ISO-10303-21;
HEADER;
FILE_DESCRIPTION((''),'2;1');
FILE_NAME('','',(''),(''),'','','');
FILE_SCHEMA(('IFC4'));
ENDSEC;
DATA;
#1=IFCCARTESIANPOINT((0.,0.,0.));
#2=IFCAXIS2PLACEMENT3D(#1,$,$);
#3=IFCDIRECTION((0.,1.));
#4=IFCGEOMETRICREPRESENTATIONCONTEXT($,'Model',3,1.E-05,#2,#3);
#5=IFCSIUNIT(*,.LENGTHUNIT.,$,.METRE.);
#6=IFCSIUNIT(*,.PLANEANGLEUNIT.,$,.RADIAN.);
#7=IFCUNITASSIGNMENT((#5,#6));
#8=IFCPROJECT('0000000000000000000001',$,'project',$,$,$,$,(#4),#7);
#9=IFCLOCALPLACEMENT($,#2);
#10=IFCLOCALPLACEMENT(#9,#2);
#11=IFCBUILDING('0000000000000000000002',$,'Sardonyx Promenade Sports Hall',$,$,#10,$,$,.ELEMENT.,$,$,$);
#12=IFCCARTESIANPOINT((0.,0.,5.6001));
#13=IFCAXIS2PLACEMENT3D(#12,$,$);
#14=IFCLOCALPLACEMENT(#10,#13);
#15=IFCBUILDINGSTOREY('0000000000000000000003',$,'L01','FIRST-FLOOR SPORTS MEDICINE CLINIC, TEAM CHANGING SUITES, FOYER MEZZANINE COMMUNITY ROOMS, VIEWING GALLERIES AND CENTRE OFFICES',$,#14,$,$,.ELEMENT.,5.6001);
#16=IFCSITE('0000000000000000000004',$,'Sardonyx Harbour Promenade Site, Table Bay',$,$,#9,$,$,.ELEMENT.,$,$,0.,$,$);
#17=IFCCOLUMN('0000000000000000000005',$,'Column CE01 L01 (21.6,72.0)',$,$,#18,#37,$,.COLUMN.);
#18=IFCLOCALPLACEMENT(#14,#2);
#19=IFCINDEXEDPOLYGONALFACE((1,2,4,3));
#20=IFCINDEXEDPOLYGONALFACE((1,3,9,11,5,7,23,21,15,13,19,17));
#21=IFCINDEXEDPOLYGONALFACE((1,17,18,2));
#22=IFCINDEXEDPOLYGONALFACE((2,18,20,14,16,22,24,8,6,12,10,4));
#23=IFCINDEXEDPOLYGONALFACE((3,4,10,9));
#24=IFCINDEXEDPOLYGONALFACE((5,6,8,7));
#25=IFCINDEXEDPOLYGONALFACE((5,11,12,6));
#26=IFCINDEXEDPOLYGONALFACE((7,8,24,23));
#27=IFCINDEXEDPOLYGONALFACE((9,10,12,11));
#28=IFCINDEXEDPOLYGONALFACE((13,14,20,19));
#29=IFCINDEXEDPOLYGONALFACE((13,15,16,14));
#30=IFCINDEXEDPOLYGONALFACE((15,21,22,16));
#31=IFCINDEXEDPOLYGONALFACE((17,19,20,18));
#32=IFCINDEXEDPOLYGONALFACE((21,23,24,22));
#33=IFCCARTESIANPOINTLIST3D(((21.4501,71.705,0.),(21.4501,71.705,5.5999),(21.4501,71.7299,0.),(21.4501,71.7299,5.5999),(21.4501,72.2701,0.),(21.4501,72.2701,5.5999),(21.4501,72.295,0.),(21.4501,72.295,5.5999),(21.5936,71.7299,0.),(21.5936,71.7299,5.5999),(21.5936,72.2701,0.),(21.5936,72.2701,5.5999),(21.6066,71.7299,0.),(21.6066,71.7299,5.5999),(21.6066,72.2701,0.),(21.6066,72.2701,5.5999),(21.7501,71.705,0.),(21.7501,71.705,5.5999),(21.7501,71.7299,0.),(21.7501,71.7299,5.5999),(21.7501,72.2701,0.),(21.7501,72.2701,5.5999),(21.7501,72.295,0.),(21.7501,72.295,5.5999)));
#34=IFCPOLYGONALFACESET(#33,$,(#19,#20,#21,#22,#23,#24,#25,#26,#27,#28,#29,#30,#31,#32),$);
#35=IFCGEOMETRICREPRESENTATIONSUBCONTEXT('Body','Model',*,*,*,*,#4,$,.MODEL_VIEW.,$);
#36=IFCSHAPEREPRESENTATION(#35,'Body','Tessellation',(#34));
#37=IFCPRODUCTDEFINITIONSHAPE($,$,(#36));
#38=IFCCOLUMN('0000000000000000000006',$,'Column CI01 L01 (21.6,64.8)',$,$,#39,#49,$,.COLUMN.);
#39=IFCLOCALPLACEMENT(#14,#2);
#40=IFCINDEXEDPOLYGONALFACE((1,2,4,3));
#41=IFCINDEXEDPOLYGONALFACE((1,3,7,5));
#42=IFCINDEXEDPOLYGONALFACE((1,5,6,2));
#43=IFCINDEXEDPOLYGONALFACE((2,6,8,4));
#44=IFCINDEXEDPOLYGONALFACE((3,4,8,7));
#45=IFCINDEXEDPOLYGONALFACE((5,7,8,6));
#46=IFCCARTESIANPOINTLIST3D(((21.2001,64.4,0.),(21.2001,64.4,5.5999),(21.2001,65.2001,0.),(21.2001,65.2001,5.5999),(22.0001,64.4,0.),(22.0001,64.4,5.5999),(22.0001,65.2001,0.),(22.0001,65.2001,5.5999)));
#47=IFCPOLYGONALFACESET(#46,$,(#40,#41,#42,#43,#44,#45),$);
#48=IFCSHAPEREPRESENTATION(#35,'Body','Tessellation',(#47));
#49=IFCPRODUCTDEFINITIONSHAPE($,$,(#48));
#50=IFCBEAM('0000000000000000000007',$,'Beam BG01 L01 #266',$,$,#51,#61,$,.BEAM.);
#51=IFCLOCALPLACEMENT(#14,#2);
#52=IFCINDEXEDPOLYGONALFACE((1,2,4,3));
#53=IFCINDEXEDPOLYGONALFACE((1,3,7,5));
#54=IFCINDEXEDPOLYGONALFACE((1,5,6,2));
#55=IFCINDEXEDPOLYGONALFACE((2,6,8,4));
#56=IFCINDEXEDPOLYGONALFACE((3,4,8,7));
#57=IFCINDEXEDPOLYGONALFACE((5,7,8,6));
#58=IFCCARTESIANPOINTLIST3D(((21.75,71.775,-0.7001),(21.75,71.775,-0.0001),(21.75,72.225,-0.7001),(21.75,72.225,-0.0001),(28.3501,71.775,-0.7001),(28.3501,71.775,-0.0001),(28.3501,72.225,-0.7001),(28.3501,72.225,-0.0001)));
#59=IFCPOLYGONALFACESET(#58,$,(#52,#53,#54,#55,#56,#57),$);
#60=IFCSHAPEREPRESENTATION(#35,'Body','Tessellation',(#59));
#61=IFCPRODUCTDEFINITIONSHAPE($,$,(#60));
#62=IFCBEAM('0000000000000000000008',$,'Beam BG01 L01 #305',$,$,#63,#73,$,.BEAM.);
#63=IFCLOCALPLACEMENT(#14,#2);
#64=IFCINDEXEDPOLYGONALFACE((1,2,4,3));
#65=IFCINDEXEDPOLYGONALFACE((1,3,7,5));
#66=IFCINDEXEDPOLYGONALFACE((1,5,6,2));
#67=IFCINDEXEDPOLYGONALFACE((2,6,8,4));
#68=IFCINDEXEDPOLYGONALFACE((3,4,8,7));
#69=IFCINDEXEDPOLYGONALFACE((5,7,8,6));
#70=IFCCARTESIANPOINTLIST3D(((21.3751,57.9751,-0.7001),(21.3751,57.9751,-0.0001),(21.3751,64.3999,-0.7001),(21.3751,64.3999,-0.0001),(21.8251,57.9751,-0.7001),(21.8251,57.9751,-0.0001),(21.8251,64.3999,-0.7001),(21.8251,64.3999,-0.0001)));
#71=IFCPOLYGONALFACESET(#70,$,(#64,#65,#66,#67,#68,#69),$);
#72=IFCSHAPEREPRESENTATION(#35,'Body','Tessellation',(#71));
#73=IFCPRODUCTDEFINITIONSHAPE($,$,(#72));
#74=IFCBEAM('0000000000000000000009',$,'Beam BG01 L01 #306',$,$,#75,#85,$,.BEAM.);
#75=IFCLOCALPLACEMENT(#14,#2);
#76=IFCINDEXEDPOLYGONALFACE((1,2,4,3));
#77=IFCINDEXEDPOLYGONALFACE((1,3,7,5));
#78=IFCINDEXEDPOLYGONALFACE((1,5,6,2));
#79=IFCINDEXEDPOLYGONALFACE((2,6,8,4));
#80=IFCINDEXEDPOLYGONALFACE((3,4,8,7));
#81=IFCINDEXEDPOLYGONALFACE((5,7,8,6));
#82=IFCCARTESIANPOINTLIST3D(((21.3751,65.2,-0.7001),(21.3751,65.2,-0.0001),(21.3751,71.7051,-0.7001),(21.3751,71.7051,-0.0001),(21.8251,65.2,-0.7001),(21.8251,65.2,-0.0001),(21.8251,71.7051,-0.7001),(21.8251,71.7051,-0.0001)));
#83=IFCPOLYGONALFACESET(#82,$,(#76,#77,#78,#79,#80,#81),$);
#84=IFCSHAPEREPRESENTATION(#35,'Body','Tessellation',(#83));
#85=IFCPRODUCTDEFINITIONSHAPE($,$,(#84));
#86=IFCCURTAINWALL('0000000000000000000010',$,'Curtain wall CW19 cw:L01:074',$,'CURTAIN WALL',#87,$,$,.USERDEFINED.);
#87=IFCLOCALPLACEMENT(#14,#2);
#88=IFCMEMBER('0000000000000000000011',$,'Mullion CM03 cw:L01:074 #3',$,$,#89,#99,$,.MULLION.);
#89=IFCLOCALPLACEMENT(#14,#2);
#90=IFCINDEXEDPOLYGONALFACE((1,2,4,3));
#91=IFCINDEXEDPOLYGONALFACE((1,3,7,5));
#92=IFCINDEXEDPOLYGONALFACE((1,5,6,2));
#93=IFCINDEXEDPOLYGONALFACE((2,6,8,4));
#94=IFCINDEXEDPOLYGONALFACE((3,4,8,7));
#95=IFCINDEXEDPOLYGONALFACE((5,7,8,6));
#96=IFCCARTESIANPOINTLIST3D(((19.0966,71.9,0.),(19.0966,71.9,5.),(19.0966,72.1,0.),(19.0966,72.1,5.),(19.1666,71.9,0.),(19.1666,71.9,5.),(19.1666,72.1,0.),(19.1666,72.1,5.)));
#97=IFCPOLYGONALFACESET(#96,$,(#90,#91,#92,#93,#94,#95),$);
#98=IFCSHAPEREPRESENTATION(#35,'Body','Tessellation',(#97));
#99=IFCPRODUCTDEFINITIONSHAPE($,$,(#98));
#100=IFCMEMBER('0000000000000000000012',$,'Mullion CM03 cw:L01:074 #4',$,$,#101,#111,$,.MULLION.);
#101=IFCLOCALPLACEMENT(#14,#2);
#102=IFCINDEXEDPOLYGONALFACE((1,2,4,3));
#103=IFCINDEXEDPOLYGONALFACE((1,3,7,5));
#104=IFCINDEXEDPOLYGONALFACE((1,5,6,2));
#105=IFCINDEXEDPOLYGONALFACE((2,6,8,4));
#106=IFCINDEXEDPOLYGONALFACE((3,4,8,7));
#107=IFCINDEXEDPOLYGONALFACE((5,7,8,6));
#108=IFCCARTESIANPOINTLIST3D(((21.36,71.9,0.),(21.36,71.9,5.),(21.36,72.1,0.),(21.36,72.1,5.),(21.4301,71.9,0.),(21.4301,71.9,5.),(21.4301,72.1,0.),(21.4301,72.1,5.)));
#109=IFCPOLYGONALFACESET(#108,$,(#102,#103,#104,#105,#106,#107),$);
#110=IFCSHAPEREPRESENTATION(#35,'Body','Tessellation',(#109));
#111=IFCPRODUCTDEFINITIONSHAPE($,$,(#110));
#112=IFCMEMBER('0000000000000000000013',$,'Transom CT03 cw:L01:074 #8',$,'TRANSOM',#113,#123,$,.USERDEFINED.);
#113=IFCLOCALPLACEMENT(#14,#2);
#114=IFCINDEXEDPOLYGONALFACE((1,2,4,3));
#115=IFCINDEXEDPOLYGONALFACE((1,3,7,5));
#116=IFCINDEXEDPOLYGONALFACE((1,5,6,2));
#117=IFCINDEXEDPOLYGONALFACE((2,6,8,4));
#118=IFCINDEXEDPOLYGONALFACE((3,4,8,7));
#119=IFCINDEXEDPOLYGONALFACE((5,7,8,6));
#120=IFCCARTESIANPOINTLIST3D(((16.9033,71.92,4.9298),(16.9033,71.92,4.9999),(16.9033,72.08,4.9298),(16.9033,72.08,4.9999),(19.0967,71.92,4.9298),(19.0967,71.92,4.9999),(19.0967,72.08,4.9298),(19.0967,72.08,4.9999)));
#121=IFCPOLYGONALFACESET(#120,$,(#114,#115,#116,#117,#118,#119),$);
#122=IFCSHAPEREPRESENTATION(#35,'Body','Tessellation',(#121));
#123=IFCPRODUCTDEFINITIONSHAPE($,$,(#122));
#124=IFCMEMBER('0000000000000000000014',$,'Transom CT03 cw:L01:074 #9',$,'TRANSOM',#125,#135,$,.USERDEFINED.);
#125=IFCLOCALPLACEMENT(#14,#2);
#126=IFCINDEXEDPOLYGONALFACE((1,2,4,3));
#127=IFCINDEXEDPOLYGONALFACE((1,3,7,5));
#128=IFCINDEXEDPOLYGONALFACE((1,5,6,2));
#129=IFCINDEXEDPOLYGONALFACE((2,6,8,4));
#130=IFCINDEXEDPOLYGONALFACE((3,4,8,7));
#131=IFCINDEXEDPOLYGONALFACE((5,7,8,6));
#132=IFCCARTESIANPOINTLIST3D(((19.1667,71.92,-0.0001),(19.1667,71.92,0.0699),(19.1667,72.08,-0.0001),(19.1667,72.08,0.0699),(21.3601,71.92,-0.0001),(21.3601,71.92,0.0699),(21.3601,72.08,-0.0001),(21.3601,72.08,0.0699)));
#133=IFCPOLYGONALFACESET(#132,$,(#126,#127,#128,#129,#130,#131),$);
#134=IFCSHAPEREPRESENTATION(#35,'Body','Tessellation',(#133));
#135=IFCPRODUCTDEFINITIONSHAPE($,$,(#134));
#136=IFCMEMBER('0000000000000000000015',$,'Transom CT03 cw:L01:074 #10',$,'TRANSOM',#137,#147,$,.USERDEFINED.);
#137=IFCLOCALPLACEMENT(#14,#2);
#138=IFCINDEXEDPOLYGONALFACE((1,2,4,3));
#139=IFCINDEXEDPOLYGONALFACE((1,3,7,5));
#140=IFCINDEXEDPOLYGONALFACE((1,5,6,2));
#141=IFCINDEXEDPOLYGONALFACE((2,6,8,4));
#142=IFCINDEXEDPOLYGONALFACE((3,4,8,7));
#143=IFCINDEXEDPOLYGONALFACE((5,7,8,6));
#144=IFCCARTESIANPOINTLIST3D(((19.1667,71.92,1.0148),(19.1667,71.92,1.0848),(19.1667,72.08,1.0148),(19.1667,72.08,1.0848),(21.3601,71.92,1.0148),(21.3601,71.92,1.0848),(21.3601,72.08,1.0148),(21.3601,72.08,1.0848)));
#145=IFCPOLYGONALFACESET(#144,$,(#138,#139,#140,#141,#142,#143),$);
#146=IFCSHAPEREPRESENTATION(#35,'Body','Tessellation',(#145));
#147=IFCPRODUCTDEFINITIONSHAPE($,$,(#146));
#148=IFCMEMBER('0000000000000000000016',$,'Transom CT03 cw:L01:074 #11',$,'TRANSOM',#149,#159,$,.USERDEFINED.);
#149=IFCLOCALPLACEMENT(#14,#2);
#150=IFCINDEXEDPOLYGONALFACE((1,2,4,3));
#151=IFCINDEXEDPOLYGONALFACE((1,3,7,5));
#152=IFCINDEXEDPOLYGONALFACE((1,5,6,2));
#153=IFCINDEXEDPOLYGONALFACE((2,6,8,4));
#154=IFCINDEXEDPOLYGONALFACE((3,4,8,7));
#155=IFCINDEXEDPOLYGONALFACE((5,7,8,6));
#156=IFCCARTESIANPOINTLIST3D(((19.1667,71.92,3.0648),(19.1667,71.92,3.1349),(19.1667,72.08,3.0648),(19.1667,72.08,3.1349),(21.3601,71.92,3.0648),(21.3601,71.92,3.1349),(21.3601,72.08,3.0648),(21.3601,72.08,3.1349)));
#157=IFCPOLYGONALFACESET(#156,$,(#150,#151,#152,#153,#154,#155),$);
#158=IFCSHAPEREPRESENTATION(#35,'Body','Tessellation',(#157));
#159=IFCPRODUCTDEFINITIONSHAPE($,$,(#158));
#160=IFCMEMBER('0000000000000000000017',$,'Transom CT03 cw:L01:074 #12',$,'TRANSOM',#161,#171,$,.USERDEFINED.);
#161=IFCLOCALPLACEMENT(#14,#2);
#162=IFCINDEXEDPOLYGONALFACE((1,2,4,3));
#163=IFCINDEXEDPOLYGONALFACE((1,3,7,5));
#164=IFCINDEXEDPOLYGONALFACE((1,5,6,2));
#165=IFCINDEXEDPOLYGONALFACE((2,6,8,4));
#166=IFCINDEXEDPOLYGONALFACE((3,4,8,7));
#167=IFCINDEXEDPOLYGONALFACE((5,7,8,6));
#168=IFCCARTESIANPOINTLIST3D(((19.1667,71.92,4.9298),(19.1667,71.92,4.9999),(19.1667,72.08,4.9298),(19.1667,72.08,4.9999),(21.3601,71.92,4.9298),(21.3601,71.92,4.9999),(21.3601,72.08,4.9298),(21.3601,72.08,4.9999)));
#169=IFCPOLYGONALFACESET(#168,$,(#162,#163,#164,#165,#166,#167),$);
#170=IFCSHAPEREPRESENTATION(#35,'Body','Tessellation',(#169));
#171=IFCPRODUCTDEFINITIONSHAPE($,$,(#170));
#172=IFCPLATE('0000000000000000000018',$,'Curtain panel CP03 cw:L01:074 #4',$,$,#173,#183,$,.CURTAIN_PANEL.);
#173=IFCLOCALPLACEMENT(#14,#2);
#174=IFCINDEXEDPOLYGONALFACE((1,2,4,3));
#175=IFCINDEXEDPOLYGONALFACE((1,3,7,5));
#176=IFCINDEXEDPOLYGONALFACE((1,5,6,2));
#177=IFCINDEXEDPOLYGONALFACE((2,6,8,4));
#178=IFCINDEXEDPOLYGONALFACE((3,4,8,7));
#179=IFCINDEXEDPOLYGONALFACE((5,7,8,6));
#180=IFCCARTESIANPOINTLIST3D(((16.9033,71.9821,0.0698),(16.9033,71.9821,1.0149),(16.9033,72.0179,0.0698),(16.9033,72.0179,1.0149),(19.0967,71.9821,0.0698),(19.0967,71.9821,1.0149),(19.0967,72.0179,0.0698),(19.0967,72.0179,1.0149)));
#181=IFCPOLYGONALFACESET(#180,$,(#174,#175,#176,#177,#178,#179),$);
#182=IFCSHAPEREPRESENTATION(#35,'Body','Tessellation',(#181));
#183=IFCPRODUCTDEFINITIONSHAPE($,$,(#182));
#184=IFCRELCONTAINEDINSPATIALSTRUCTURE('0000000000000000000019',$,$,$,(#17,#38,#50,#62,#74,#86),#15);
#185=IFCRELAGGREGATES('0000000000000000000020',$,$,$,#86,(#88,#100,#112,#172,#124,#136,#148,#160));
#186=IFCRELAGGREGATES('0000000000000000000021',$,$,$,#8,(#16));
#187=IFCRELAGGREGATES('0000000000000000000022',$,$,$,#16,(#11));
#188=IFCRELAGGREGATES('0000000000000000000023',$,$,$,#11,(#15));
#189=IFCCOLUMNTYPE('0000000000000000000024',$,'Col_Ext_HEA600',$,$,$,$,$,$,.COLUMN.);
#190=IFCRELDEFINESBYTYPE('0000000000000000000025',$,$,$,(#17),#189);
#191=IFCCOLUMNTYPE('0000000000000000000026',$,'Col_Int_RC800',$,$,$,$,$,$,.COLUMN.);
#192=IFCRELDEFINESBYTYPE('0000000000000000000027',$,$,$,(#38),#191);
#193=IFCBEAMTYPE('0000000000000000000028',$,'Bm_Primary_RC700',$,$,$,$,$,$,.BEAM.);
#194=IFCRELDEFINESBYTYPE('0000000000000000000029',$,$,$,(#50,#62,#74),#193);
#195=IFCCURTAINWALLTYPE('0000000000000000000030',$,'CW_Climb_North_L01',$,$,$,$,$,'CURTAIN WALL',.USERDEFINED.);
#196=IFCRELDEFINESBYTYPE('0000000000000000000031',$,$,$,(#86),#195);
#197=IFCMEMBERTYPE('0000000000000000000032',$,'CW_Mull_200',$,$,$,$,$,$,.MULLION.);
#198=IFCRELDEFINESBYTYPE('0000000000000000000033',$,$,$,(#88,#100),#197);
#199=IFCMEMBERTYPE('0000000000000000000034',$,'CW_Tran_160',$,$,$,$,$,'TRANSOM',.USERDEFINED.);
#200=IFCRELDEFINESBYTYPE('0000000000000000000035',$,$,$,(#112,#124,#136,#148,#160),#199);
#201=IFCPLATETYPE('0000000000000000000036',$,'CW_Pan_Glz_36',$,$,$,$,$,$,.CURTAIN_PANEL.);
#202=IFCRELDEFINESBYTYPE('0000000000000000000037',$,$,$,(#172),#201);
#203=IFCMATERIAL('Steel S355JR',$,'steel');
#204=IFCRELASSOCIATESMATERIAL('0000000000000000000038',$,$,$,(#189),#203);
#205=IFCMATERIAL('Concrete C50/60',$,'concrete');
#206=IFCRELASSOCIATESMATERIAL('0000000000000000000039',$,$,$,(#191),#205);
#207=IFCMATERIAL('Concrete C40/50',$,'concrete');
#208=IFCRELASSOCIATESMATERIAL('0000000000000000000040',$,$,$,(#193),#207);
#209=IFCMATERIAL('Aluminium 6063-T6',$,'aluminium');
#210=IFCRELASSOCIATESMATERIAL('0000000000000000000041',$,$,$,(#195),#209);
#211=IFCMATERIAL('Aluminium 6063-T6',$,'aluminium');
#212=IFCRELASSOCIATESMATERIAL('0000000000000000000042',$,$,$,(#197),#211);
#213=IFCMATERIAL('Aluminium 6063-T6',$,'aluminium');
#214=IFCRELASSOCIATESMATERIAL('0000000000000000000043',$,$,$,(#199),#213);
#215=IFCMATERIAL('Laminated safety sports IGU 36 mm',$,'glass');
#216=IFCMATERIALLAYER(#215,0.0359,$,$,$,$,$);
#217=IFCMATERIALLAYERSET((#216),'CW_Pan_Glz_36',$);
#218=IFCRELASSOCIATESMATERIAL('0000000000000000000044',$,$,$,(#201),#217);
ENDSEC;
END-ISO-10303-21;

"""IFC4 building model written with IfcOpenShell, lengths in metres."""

from ifc_helpers import new_model, si_unit, direction, frame, origin, origin_2d, place, context, subcontext, project, spatial, rectangle, i_section, extrude, material, layer, layer_set, material_profile, profile_set, type_object, element, aggregate, save


model = new_model("IFC4")

# Units and contexts
model_context = context("Model", 3, precision=1e-05, world=origin(), true_north=direction((0.0, 1.0)))
body_context = subcontext(model_context, "Body", "Model", "MODEL_VIEW")
ifc_project = project(units=[si_unit("LENGTHUNIT", "METRE"), si_unit("PLANEANGLEUNIT", "RADIAN")], contexts=[model_context])

# Site, building, storey
site_placement = place(None, origin())
site = spatial("IfcSite", under=ifc_project, at=site_placement, Name="Sardonyx Harbour Promenade Site, Table Bay", CompositionType="ELEMENT", RefElevation=0.0)
building_placement = place(site_placement, origin())
building = spatial("IfcBuilding", under=site, at=building_placement, Name="Sardonyx Promenade Sports Hall", CompositionType="ELEMENT")
storey_placement = place(building_placement, frame((0.0, 0.0, 5.6001)))
storey = spatial("IfcBuildingStorey", under=building, at=storey_placement, Name="L01", Description="FIRST-FLOOR SPORTS MEDICINE CLINIC, TEAM CHANGING SUITES, FOYER MEZZANINE COMMUNITY ROOMS, VIEWING GALLERIES AND CENTRE OFFICES", CompositionType="ELEMENT", Elevation=5.6001)

# Columns
ifc_material_1 = material(Name="Steel S355JR", Category="steel")
ifc_material_profile_1 = material_profile(ifc_material_1, i_section(OverallWidth=0.3, OverallDepth=0.5901, WebThickness=0.0129, FlangeThickness=0.0249, at=origin_2d()))
ifc_profile_set_1 = profile_set([ifc_material_profile_1], Name="Steel S355JR")
column_type_1 = type_object("IfcColumnType", Name="Col_Ext_HEA600", PredefinedType="COLUMN", material=ifc_profile_set_1)
column_1_placement = place(storey_placement, frame((21.6001, 72.0, 0.0), z_axis=(0.0, 0.0, 1.0), x_axis=(1.0, 0.0, 0.0)))
element("IfcColumn", 1, at=column_1_placement, inside=storey, type_object=column_type_1, Name="Column CE01 L01 (21.6,72.0)", PredefinedType="COLUMN", context=body_context, shape_type="SweptSolid", body=[
    extrude(i_section(OverallWidth=0.3, OverallDepth=0.5901, WebThickness=0.0129, FlangeThickness=0.0249, at=origin_2d()), origin(), (0.0, 0.0, 1.0), 5.5999),
])
ifc_material_2 = material(Name="Concrete C50/60", Category="concrete")
ifc_material_profile_2 = material_profile(ifc_material_2, rectangle(XDim=0.8, YDim=0.8, at=origin_2d()))
ifc_profile_set_2 = profile_set([ifc_material_profile_2], Name="Concrete C50/60")
column_type_2 = type_object("IfcColumnType", Name="Col_Int_RC800", PredefinedType="COLUMN", material=ifc_profile_set_2)
column_2_placement = place(storey_placement, frame((21.6001, 64.8, 0.0), z_axis=(0.0, 0.0, 1.0), x_axis=(1.0, 0.0, 0.0)))
element("IfcColumn", 2, at=column_2_placement, inside=storey, type_object=column_type_2, Name="Column CI01 L01 (21.6,64.8)", PredefinedType="COLUMN", context=body_context, shape_type="SweptSolid", body=[
    extrude(rectangle(XDim=0.8, YDim=0.8, at=origin_2d()), origin(), (0.0, 0.0, 1.0), 5.5999),
])

# Beams
ifc_material_3 = material(Name="Concrete C40/50", Category="concrete")
ifc_material_profile_3 = material_profile(ifc_material_3, rectangle(XDim=0.45, YDim=0.7, at=origin_2d()))
ifc_profile_set_3 = profile_set([ifc_material_profile_3], Name="Concrete C40/50")
beam_type = type_object("IfcBeamType", Name="Bm_Primary_RC700", PredefinedType="BEAM", material=ifc_profile_set_3)
beam_1_placement = place(storey_placement, frame((21.75, 72.0, -0.3501), z_axis=(1.0, 0.0, 0.0), x_axis=(0.0, 1.0, 0.0)))
element("IfcBeam", 3, at=beam_1_placement, inside=storey, type_object=beam_type, Name="Beam BG01 L01 #266", PredefinedType="BEAM", context=body_context, shape_type="SweptSolid", body=[
    extrude(rectangle(XDim=0.45, YDim=0.7, at=origin_2d()), origin(), (0.0, 0.0, 1.0), 6.6001),
])
beam_2_placement = place(storey_placement, frame((21.6001, 57.9751, -0.3501), z_axis=(0.0, 1.0, 0.0), x_axis=(-1.0, 0.0, 0.0)))
element("IfcBeam", 4, at=beam_2_placement, inside=storey, type_object=beam_type, Name="Beam BG01 L01 #305", PredefinedType="BEAM", context=body_context, shape_type="SweptSolid", body=[
    extrude(rectangle(XDim=0.45, YDim=0.7, at=origin_2d()), origin(), (0.0, 0.0, 1.0), 6.4248),
])
beam_3_placement = place(storey_placement, frame((21.6001, 65.2, -0.3501), z_axis=(0.0, 1.0, 0.0), x_axis=(-1.0, 0.0, 0.0)))
element("IfcBeam", 5, at=beam_3_placement, inside=storey, type_object=beam_type, Name="Beam BG01 L01 #306", PredefinedType="BEAM", context=body_context, shape_type="SweptSolid", body=[
    extrude(rectangle(XDim=0.45, YDim=0.7, at=origin_2d()), origin(), (0.0, 0.0, 1.0), 6.5051),
])

# Curtain wall, members, plate
ifc_material_4 = material(Name="Aluminium 6063-T6", Category="aluminium")
curtain_wall_type = type_object("IfcCurtainWallType", Name="CW_Climb_North_L01", ElementType="CURTAIN WALL", PredefinedType="USERDEFINED", material=ifc_material_4)
curtain_wall_placement = place(storey_placement, origin())
curtain_wall = element("IfcCurtainWall", 6, at=curtain_wall_placement, inside=storey, type_object=curtain_wall_type, Name="Curtain wall CW19 cw:L01:074", ObjectType="CURTAIN WALL", PredefinedType="USERDEFINED")
ifc_material_5 = material(Name="Aluminium 6063-T6", Category="aluminium")
ifc_material_profile_4 = material_profile(ifc_material_5, rectangle(XDim=0.0701, YDim=0.2, at=origin_2d()))
ifc_profile_set_4 = profile_set([ifc_material_profile_4], Name="Aluminium 6063-T6")
member_type_1 = type_object("IfcMemberType", Name="CW_Mull_200", PredefinedType="MULLION", material=ifc_profile_set_4)
member_1_placement = place(storey_placement, frame((19.1316, 72.0, 0.0), z_axis=(0.0, 0.0, 1.0), x_axis=(1.0, 0.0, 0.0)))
member_1 = element("IfcMember", 7, at=member_1_placement, type_object=member_type_1, Name="Mullion CM03 cw:L01:074 #3", PredefinedType="MULLION", context=body_context, shape_type="SweptSolid", body=[
    extrude(rectangle(XDim=0.0701, YDim=0.2, at=origin_2d()), origin(), (0.0, 0.0, 1.0), 5.0),
])
member_2_placement = place(storey_placement, frame((21.395, 72.0, 0.0), z_axis=(0.0, 0.0, 1.0), x_axis=(1.0, 0.0, 0.0)))
member_2 = element("IfcMember", 8, at=member_2_placement, type_object=member_type_1, Name="Mullion CM03 cw:L01:074 #4", PredefinedType="MULLION", context=body_context, shape_type="SweptSolid", body=[
    extrude(rectangle(XDim=0.0701, YDim=0.2, at=origin_2d()), origin(), (0.0, 0.0, 1.0), 5.0),
])
ifc_material_6 = material(Name="Aluminium 6063-T6", Category="aluminium")
ifc_material_profile_5 = material_profile(ifc_material_6, rectangle(XDim=0.0701, YDim=0.1599, at=origin_2d()))
ifc_profile_set_5 = profile_set([ifc_material_profile_5], Name="Aluminium 6063-T6")
member_type_2 = type_object("IfcMemberType", Name="CW_Tran_160", ElementType="TRANSOM", PredefinedType="USERDEFINED", material=ifc_profile_set_5)
member_3_placement = place(storey_placement, frame((16.9033, 72.0, 4.9648), z_axis=(1.0, 0.0, 0.0), x_axis=(0.0, 0.0, 1.0)))
member_3 = element("IfcMember", 9, at=member_3_placement, type_object=member_type_2, Name="Transom CT03 cw:L01:074 #8", ObjectType="TRANSOM", PredefinedType="USERDEFINED", context=body_context, shape_type="SweptSolid", body=[
    extrude(rectangle(XDim=0.0701, YDim=0.1599, at=origin_2d()), origin(), (0.0, 0.0, 1.0), 2.1934),
])
member_4_placement = place(storey_placement, frame((19.1667, 72.0, 0.0349), z_axis=(1.0, 0.0, 0.0), x_axis=(0.0, 0.0, 1.0)))
member_4 = element("IfcMember", 10, at=member_4_placement, type_object=member_type_2, Name="Transom CT03 cw:L01:074 #9", ObjectType="TRANSOM", PredefinedType="USERDEFINED", context=body_context, shape_type="SweptSolid", body=[
    extrude(rectangle(XDim=0.0701, YDim=0.1599, at=origin_2d()), origin(), (0.0, 0.0, 1.0), 2.1934),
])
member_5_placement = place(storey_placement, frame((19.1667, 72.0, 1.0498), z_axis=(1.0, 0.0, 0.0), x_axis=(0.0, 0.0, 1.0)))
member_5 = element("IfcMember", 11, at=member_5_placement, type_object=member_type_2, Name="Transom CT03 cw:L01:074 #10", ObjectType="TRANSOM", PredefinedType="USERDEFINED", context=body_context, shape_type="SweptSolid", body=[
    extrude(rectangle(XDim=0.0701, YDim=0.1599, at=origin_2d()), origin(), (0.0, 0.0, 1.0), 2.1934),
])
member_6_placement = place(storey_placement, frame((19.1667, 72.0, 3.0999), z_axis=(1.0, 0.0, 0.0), x_axis=(0.0, 0.0, 1.0)))
member_6 = element("IfcMember", 12, at=member_6_placement, type_object=member_type_2, Name="Transom CT03 cw:L01:074 #11", ObjectType="TRANSOM", PredefinedType="USERDEFINED", context=body_context, shape_type="SweptSolid", body=[
    extrude(rectangle(XDim=0.0701, YDim=0.1599, at=origin_2d()), origin(), (0.0, 0.0, 1.0), 2.1934),
])
member_7_placement = place(storey_placement, frame((19.1667, 72.0, 4.9648), z_axis=(1.0, 0.0, 0.0), x_axis=(0.0, 0.0, 1.0)))
member_7 = element("IfcMember", 13, at=member_7_placement, type_object=member_type_2, Name="Transom CT03 cw:L01:074 #12", ObjectType="TRANSOM", PredefinedType="USERDEFINED", context=body_context, shape_type="SweptSolid", body=[
    extrude(rectangle(XDim=0.0701, YDim=0.1599, at=origin_2d()), origin(), (0.0, 0.0, 1.0), 2.1934),
])
ifc_material_7 = material(Name="Laminated safety sports IGU 36 mm", Category="glass")
ifc_layer_1 = layer(ifc_material_7, 0.0359)
ifc_layer_set_1 = layer_set([ifc_layer_1], Name="CW_Pan_Glz_36")
plate_type = type_object("IfcPlateType", Name="CW_Pan_Glz_36", PredefinedType="CURTAIN_PANEL", material=ifc_layer_set_1)
plate_1_placement = place(storey_placement, frame((18.0, 72.0, 0.0698), z_axis=(0.0, 0.0, 1.0), x_axis=(1.0, 0.0, 0.0)))
plate_1 = element("IfcPlate", 14, at=plate_1_placement, type_object=plate_type, Name="Curtain panel CP03 cw:L01:074 #4", PredefinedType="CURTAIN_PANEL", context=body_context, shape_type="SweptSolid", body=[
    extrude(rectangle(XDim=2.1934, YDim=0.0359, at=origin_2d()), origin(), (0.0, 0.0, 1.0), 0.9451),
])
aggregate(curtain_wall, [member_1, member_2, member_3, plate_1, member_4, member_5, member_6, member_7])

save(model, "model.ifc")
